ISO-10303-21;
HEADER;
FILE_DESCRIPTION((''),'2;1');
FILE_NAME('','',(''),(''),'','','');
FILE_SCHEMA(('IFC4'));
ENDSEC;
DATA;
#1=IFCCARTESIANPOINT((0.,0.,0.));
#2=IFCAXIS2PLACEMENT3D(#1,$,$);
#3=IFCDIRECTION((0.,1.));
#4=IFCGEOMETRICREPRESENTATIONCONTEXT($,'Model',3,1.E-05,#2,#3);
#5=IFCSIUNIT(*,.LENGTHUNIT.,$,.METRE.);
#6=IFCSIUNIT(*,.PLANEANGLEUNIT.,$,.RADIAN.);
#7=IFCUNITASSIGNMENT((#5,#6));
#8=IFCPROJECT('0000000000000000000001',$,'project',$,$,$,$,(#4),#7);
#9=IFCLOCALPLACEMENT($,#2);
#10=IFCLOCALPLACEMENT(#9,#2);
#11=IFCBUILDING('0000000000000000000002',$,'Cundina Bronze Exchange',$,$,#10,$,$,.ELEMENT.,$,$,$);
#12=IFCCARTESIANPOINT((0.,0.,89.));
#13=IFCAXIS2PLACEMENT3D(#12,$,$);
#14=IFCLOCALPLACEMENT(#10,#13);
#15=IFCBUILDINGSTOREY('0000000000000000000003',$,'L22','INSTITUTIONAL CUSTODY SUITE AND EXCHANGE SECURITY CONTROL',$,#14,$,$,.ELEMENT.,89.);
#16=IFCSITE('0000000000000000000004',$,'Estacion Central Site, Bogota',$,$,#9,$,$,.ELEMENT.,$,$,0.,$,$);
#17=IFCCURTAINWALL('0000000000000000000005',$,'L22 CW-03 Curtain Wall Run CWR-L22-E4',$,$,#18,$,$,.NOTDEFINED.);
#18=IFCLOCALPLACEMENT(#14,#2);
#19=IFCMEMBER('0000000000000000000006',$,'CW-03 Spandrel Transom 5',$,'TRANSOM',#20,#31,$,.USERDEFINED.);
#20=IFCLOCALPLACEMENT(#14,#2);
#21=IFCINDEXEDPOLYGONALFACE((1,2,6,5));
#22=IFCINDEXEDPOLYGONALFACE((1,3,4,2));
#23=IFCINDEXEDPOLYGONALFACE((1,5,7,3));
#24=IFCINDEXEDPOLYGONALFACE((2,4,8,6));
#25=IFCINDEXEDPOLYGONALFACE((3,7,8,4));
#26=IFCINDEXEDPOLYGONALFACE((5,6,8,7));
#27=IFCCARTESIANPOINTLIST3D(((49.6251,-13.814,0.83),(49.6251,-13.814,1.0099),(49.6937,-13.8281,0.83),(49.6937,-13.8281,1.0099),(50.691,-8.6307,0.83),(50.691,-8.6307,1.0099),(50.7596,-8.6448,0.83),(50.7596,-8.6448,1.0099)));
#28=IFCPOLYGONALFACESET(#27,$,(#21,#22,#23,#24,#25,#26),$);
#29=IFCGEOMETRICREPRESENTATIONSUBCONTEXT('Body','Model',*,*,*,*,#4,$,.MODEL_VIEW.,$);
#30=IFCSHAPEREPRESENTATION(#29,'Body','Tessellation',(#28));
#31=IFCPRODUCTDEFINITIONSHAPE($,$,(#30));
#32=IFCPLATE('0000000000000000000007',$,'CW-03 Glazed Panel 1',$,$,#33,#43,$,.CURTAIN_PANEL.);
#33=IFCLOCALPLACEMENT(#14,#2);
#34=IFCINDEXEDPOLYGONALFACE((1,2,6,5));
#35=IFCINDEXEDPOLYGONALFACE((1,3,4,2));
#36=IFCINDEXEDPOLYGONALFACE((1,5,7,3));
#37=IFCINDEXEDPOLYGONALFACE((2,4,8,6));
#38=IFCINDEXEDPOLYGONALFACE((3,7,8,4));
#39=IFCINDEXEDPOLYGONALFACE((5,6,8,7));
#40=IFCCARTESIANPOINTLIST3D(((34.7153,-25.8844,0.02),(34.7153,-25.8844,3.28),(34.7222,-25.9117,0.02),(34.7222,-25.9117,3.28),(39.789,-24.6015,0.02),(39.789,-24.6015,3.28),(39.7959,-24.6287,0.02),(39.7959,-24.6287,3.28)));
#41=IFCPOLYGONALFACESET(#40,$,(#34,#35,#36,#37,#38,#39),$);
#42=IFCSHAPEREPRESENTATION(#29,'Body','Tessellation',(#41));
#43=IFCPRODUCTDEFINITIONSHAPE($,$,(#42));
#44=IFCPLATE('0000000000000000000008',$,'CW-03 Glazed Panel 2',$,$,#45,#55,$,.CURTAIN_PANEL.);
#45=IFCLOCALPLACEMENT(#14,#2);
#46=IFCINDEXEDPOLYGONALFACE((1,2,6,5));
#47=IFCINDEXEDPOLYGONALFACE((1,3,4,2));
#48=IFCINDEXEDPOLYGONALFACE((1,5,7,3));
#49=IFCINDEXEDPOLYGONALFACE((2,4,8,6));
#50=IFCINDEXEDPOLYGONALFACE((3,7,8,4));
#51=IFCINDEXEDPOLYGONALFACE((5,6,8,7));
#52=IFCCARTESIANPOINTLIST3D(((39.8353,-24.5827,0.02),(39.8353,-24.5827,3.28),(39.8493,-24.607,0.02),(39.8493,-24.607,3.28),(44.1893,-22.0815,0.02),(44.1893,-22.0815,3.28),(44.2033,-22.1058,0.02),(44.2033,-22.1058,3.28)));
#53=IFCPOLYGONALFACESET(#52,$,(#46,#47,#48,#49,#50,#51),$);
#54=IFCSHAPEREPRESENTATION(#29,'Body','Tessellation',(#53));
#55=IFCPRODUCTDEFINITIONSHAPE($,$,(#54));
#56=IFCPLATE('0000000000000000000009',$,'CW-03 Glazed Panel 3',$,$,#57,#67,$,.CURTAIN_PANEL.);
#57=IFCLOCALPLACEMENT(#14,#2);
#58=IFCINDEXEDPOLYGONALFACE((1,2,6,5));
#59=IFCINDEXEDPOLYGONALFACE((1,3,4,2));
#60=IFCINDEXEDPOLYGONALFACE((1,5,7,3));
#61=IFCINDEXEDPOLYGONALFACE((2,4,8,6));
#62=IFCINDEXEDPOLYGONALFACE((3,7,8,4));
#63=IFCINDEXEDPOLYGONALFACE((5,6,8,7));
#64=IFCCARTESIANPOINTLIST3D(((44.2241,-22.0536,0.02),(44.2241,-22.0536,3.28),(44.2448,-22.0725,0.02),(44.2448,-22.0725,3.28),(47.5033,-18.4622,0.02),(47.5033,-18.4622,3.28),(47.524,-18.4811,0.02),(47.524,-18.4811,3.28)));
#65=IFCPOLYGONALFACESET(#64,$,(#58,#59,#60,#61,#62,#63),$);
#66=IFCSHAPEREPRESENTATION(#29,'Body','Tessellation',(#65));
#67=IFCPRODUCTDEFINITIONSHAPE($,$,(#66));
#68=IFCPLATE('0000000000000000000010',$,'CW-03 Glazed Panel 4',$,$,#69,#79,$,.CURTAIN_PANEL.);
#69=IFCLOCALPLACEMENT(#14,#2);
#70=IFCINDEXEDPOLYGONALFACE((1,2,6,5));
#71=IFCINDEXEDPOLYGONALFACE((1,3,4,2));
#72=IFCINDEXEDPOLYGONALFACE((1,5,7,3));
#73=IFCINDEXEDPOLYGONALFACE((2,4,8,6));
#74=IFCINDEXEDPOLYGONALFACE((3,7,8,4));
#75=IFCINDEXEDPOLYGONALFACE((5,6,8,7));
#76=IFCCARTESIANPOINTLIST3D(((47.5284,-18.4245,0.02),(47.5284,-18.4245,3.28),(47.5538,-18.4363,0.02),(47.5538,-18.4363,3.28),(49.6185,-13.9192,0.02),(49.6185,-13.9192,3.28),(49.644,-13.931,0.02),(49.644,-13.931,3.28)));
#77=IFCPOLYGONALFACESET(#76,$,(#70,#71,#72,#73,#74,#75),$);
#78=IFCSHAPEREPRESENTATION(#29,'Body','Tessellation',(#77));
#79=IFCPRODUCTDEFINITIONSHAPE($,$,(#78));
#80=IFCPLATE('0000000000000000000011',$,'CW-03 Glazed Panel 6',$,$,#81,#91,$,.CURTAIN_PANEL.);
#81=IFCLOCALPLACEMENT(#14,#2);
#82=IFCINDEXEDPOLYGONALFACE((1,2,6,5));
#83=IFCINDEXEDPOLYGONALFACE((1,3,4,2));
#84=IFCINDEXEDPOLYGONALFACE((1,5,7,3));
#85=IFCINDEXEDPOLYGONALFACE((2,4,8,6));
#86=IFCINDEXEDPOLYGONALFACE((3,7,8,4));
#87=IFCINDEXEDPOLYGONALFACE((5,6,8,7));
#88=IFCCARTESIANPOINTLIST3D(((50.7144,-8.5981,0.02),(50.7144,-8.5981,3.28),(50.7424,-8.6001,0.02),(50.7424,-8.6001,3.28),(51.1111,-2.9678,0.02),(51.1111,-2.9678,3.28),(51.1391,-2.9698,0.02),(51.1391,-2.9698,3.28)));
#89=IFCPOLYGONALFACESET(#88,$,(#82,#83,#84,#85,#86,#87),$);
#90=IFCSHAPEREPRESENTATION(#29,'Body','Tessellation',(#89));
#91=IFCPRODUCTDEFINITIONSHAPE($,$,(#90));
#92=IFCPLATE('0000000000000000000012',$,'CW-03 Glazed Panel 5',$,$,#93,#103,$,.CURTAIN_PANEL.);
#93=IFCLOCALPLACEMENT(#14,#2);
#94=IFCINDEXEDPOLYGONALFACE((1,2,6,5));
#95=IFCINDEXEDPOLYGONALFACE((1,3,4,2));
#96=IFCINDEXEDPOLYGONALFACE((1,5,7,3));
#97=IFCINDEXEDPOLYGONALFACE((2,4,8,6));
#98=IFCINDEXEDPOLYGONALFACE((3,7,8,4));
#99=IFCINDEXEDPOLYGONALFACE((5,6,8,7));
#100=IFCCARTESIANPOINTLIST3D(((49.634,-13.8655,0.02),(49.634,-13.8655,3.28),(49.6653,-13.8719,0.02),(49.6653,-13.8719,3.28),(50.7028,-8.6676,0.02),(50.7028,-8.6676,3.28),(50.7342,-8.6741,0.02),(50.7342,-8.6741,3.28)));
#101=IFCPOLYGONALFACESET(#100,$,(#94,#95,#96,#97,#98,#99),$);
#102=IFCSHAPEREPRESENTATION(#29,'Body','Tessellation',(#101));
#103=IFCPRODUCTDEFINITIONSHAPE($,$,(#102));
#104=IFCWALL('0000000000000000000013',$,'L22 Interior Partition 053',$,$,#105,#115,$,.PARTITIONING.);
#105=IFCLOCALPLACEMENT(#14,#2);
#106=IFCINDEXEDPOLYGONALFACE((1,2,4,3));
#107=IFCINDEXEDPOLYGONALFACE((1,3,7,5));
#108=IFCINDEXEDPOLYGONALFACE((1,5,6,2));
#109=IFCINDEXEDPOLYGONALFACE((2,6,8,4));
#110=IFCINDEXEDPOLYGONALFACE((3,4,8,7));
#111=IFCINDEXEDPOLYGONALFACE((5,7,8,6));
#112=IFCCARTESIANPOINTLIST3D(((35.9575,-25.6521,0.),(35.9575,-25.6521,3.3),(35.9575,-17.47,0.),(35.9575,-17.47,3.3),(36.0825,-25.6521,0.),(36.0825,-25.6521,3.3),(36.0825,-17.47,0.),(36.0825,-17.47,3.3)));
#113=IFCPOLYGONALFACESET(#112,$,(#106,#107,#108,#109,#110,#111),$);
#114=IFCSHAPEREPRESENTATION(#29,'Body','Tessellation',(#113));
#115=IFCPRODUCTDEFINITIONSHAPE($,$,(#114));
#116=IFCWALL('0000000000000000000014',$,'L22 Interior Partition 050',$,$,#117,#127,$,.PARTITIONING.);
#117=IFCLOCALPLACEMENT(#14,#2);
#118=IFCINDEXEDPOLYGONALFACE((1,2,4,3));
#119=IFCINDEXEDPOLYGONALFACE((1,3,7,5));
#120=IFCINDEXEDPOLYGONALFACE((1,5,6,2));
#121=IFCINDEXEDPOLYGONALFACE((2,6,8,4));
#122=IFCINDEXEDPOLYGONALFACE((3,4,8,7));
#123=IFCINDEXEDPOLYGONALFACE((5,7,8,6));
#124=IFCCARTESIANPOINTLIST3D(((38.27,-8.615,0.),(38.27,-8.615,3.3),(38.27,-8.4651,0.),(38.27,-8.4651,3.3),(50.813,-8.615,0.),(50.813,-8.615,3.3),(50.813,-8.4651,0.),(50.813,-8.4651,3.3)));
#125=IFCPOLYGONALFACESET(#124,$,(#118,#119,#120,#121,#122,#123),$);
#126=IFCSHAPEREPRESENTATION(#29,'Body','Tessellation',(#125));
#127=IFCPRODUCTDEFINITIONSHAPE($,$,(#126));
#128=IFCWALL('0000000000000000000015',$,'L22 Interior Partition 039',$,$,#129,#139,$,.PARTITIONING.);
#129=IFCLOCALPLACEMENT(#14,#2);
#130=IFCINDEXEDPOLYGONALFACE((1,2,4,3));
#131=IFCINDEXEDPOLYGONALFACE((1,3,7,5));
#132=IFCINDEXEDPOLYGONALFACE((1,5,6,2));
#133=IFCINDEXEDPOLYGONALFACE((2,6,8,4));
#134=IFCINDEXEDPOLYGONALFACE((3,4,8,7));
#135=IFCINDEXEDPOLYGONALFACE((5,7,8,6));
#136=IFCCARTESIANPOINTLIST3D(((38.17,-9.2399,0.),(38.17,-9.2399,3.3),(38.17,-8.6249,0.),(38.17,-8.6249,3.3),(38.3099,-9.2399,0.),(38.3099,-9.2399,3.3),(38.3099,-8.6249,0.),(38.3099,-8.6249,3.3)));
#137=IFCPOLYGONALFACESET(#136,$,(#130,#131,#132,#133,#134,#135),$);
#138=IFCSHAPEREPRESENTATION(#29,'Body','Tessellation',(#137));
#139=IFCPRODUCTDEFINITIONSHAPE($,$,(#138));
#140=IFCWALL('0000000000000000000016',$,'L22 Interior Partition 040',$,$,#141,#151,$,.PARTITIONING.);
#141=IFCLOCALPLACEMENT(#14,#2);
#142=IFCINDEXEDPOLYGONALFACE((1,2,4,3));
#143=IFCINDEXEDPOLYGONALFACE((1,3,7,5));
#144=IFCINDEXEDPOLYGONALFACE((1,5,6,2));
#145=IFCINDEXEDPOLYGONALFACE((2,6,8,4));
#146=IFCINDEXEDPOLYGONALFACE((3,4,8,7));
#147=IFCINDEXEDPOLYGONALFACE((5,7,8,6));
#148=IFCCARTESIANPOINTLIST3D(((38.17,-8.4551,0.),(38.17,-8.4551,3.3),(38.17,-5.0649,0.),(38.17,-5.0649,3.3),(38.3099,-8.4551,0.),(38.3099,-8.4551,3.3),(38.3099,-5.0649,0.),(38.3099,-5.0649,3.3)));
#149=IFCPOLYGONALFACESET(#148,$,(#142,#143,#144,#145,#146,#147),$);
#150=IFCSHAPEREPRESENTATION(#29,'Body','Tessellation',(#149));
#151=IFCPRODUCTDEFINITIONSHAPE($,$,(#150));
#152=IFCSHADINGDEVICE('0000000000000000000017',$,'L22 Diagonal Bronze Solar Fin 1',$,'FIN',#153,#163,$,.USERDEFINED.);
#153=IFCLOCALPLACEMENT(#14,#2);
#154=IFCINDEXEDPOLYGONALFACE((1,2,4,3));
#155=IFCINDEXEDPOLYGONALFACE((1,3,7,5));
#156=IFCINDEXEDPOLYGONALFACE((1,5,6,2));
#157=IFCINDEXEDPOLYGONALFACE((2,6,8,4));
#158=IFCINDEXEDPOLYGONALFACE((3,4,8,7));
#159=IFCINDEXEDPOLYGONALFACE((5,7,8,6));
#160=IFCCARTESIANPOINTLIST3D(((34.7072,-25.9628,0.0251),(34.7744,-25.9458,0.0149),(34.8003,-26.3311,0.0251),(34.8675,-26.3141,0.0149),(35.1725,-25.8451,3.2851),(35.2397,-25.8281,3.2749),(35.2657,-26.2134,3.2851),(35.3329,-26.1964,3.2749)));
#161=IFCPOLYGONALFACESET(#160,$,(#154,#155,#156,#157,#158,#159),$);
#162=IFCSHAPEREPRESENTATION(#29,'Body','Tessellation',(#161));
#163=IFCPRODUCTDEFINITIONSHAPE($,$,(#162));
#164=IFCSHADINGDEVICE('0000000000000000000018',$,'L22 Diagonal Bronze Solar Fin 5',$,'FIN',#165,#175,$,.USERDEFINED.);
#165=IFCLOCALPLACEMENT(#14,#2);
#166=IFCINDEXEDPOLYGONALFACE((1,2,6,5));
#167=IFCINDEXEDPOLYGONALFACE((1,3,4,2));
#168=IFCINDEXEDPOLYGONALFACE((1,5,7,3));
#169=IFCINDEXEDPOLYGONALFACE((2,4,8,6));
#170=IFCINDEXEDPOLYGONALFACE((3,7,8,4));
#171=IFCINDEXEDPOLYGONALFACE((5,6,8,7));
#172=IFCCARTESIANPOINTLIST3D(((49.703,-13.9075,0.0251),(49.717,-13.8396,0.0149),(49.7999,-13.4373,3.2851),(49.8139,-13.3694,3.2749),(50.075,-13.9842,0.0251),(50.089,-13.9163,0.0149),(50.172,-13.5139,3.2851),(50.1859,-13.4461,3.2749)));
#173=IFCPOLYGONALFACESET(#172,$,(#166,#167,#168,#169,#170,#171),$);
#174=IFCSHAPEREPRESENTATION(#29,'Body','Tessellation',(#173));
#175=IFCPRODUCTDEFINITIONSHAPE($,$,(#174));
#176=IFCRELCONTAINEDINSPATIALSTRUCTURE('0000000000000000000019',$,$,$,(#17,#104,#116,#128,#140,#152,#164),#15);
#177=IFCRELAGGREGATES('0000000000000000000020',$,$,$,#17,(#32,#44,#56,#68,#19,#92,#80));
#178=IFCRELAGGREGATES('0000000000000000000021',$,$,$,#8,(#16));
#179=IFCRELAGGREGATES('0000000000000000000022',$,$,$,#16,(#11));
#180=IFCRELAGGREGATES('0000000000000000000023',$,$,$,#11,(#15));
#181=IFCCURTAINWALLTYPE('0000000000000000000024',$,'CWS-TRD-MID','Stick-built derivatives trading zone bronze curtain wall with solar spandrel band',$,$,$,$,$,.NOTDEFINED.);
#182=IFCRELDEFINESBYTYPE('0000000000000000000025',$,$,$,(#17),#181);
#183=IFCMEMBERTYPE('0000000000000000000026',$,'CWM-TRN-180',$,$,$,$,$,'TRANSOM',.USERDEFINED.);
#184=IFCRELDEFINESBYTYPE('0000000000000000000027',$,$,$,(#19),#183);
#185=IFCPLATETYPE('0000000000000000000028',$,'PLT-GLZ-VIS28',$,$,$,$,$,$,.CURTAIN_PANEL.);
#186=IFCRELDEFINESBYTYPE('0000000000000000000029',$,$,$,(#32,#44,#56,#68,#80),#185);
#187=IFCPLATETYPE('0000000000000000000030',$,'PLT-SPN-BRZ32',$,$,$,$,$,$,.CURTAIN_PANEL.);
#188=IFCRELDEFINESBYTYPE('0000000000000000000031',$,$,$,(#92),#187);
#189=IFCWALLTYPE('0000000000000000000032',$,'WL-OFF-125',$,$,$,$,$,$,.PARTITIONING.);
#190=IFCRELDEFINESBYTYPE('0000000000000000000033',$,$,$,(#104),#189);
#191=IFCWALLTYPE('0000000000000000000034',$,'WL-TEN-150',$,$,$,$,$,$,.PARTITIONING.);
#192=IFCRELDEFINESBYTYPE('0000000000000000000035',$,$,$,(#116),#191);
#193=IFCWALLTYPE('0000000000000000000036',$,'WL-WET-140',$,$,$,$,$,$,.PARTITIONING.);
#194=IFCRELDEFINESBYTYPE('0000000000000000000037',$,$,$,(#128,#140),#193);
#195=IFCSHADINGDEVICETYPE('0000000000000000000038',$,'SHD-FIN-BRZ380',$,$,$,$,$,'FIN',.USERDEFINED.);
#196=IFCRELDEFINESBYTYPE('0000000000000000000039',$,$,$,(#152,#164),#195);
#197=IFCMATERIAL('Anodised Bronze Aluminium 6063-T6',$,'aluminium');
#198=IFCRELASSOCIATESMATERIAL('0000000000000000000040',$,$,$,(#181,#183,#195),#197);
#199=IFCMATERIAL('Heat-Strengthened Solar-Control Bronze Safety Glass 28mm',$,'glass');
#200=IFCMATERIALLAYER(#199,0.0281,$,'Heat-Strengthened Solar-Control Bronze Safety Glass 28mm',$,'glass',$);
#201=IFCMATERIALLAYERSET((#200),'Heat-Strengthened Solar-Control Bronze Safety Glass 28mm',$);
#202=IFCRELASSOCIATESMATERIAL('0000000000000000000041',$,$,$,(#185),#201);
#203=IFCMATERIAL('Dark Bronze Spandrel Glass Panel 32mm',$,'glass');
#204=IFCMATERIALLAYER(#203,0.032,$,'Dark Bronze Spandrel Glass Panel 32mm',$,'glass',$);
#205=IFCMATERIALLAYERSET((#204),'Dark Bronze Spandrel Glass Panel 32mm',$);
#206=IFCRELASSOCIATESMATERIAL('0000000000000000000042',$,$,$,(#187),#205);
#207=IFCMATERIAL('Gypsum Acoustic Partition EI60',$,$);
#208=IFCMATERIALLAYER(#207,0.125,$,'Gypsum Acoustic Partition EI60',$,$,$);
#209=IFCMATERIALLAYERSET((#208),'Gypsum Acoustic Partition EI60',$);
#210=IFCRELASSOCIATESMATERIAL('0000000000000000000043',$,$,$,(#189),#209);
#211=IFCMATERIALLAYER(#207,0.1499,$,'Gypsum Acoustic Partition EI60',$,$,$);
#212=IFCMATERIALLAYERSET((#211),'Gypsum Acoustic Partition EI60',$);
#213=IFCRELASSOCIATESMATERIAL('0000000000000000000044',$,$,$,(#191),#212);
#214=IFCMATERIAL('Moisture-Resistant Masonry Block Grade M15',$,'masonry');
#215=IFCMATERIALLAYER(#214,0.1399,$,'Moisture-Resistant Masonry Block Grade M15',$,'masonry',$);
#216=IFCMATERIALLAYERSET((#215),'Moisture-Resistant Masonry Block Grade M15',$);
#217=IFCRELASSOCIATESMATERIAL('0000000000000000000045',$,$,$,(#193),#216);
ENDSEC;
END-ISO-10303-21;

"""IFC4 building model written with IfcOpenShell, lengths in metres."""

from ifc_helpers import new_model, si_unit, direction, frame, frame_2d, origin, origin_2d, place, context, subcontext, project, spatial, rectangle, extrude, material, layer, layer_set, material_profile, profile_set, type_object, element, aggregate, save


model = new_model("IFC4")

# Units and contexts
model_context = context("Model", 3, precision=1e-05, world=origin(), true_north=direction((0.0, 1.0)))
body_context = subcontext(model_context, "Body", "Model", "MODEL_VIEW")
ifc_project = project(units=[si_unit("LENGTHUNIT", "METRE"), si_unit("PLANEANGLEUNIT", "RADIAN")], contexts=[model_context])

# Site, building, storey
site_placement = place(None, origin())
site = spatial("IfcSite", under=ifc_project, at=site_placement, Name="Estacion Central Site, Bogota", CompositionType="ELEMENT", RefElevation=0.0)
building_placement = place(site_placement, origin())
building = spatial("IfcBuilding", under=site, at=building_placement, Name="Cundina Bronze Exchange", CompositionType="ELEMENT")
storey_placement = place(building_placement, frame((0.0, 0.0, 89.0)))
storey = spatial("IfcBuildingStorey", under=building, at=storey_placement, Name="L22", Description="INSTITUTIONAL CUSTODY SUITE AND EXCHANGE SECURITY CONTROL", CompositionType="ELEMENT", Elevation=89.0)

# Curtain wall, member, plates
ifc_material_1 = material(Name="Anodised Bronze Aluminium 6063-T6", Category="aluminium")
curtain_wall_type = type_object("IfcCurtainWallType", Name="CWS-TRD-MID", Description="Stick-built derivatives trading zone bronze curtain wall with solar spandrel band", PredefinedType="NOTDEFINED", material=ifc_material_1)
curtain_wall_placement = place(storey_placement, origin())
curtain_wall = element("IfcCurtainWall", 1, at=curtain_wall_placement, inside=storey, type_object=curtain_wall_type, Name="L22 CW-03 Curtain Wall Run CWR-L22-E4", PredefinedType="NOTDEFINED")
ifc_material_profile_1 = material_profile(ifc_material_1, rectangle(XDim=0.0701, YDim=0.1799, at=origin_2d()), Name="AL70X180", Category="aluminium")
ifc_profile_set_1 = profile_set([ifc_material_profile_1], Name="Anodised Bronze Aluminium 6063-T6")
member_type_1 = type_object("IfcMemberType", Name="CWM-TRN-180", ElementType="TRANSOM", PredefinedType="USERDEFINED", material=ifc_profile_set_1)
member_1_placement = place(storey_placement, frame((49.6594, -13.821, 0.9199), z_axis=(0.201428, 0.979503, 0.0), x_axis=(-0.979503, 0.201428, 0.0)))
member_1 = element("IfcMember", 2, at=member_1_placement, type_object=member_type_1, Name="CW-03 Spandrel Transom 5", ObjectType="TRANSOM", PredefinedType="USERDEFINED", context=body_context, shape_type="SweptSolid", body=[
    extrude(rectangle(XDim=0.0701, YDim=0.1799, at=origin_2d()), origin(), (0.0, 0.0, 1.0), 5.2917),
])
ifc_material_2 = material(Name="Heat-Strengthened Solar-Control Bronze Safety Glass 28mm", Category="glass")
ifc_layer_1 = layer(ifc_material_2, 0.0281, Name="Heat-Strengthened Solar-Control Bronze Safety Glass 28mm", Category="glass")
ifc_layer_set_1 = layer_set([ifc_layer_1], Name="Heat-Strengthened Solar-Control Bronze Safety Glass 28mm")
plate_type_1 = type_object("IfcPlateType", Name="PLT-GLZ-VIS28", PredefinedType="CURTAIN_PANEL", material=ifc_layer_set_1)
plate_1_placement = place(storey_placement, frame((37.2556, -25.2566, 0.02), z_axis=(0.0, 0.0, 1.0), x_axis=(0.969488, 0.245138, 0.0)))
plate_1 = element("IfcPlate", 3, at=plate_1_placement, type_object=plate_type_1, Name="CW-03 Glazed Panel 1", PredefinedType="CURTAIN_PANEL", context=body_context, shape_type="SweptSolid", body=[
    extrude(rectangle(XDim=5.2334, YDim=0.0281, at=origin_2d()), origin(), (0.0, 0.0, 1.0), 3.26),
])
plate_2_placement = place(storey_placement, frame((42.0193, -23.3442, 0.02), z_axis=(0.0, 0.0, 1.0), x_axis=(0.867105, 0.498125, 0.0)))
plate_2 = element("IfcPlate", 4, at=plate_2_placement, type_object=plate_type_1, Name="CW-03 Glazed Panel 2", PredefinedType="CURTAIN_PANEL", context=body_context, shape_type="SweptSolid", body=[
    extrude(rectangle(XDim=5.0212, YDim=0.0281, at=origin_2d()), origin(), (0.0, 0.0, 1.0), 3.26),
])
plate_3_placement = place(storey_placement, frame((45.874, -20.2673, 0.02), z_axis=(0.0, 0.0, 1.0), x_axis=(0.674277, 0.738479, 0.0)))
plate_3 = element("IfcPlate", 5, at=plate_3_placement, type_object=plate_type_1, Name="CW-03 Glazed Panel 3", PredefinedType="CURTAIN_PANEL", context=body_context, shape_type="SweptSolid", body=[
    extrude(rectangle(XDim=4.8633, YDim=0.0281, at=origin_2d()), origin(), (0.0, 0.0, 1.0), 3.26),
])
plate_4_placement = place(storey_placement, frame((48.5862, -16.1777, 0.02), z_axis=(0.0, 0.0, 1.0), x_axis=(0.420846, 0.907132, 0.0)))
plate_4 = element("IfcPlate", 6, at=plate_4_placement, type_object=plate_type_1, Name="CW-03 Glazed Panel 4", PredefinedType="CURTAIN_PANEL", context=body_context, shape_type="SweptSolid", body=[
    extrude(rectangle(XDim=4.9666, YDim=0.0281, at=origin_2d()), origin(), (0.0, 0.0, 1.0), 3.26),
])
plate_5_placement = place(storey_placement, frame((50.9268, -5.7839, 0.02), z_axis=(0.0, 0.0, 1.0), x_axis=(0.070279, 0.997527, 0.0)))
plate_5 = element("IfcPlate", 7, at=plate_5_placement, type_object=plate_type_1, Name="CW-03 Glazed Panel 6", PredefinedType="CURTAIN_PANEL", context=body_context, shape_type="SweptSolid", body=[
    extrude(rectangle(XDim=5.6443, YDim=0.0281, at=origin_2d()), origin(), (0.0, 0.0, 1.0), 3.26),
])
ifc_material_3 = material(Name="Dark Bronze Spandrel Glass Panel 32mm", Category="glass")
ifc_layer_2 = layer(ifc_material_3, 0.032, Name="Dark Bronze Spandrel Glass Panel 32mm", Category="glass")
ifc_layer_set_2 = layer_set([ifc_layer_2], Name="Dark Bronze Spandrel Glass Panel 32mm")
plate_type_2 = type_object("IfcPlateType", Name="PLT-SPN-BRZ32", PredefinedType="CURTAIN_PANEL", material=ifc_layer_set_2)
plate_6_placement = place(storey_placement, frame((50.1841, -11.2698, 0.02), z_axis=(0.0, 0.0, 1.0), x_axis=(0.20142, 0.979505, 0.0)))
plate_6 = element("IfcPlate", 8, at=plate_6_placement, type_object=plate_type_2, Name="CW-03 Glazed Panel 5", PredefinedType="CURTAIN_PANEL", context=body_context, shape_type="SweptSolid", body=[
    extrude(rectangle(XDim=5.3066, YDim=0.032, at=origin_2d()), origin(), (0.0, 0.0, 1.0), 3.26),
])
aggregate(curtain_wall, [plate_1, plate_2, plate_3, plate_4, member_1, plate_6, plate_5])

# Walls
ifc_material_4 = material(Name="Gypsum Acoustic Partition EI60")
ifc_layer_3 = layer(ifc_material_4, 0.125, Name="Gypsum Acoustic Partition EI60")
ifc_layer_set_3 = layer_set([ifc_layer_3], Name="Gypsum Acoustic Partition EI60")
wall_type_1 = type_object("IfcWallType", Name="WL-OFF-125", PredefinedType="PARTITIONING", material=ifc_layer_set_3)
wall_1_placement = place(storey_placement, frame((36.02, -25.6521, 0.0), z_axis=(0.0, 0.0, 1.0), x_axis=(0.0, 1.0, 0.0)))
element("IfcWall", 9, at=wall_1_placement, inside=storey, type_object=wall_type_1, Name="L22 Interior Partition 053", PredefinedType="PARTITIONING", context=body_context, shape_type="SweptSolid", body=[
    extrude(rectangle(XDim=8.1821, YDim=0.125, at=frame_2d((4.0911, 0.0))), origin(), (0.0, 0.0, 1.0), 3.3),
])
ifc_layer_4 = layer(ifc_material_4, 0.1499, Name="Gypsum Acoustic Partition EI60")
ifc_layer_set_4 = layer_set([ifc_layer_4], Name="Gypsum Acoustic Partition EI60")
wall_type_2 = type_object("IfcWallType", Name="WL-TEN-150", PredefinedType="PARTITIONING", material=ifc_layer_set_4)
wall_2_placement = place(storey_placement, frame((38.27, -8.54, 0.0), z_axis=(0.0, 0.0, 1.0), x_axis=(1.0, 0.0, 0.0)))
element("IfcWall", 10, at=wall_2_placement, inside=storey, type_object=wall_type_2, Name="L22 Interior Partition 050", PredefinedType="PARTITIONING", context=body_context, shape_type="SweptSolid", body=[
    extrude(rectangle(XDim=12.543, YDim=0.1499, at=frame_2d((6.2715, 0.0))), origin(), (0.0, 0.0, 1.0), 3.3),
])
ifc_material_5 = material(Name="Moisture-Resistant Masonry Block Grade M15", Category="masonry")
ifc_layer_5 = layer(ifc_material_5, 0.1399, Name="Moisture-Resistant Masonry Block Grade M15", Category="masonry")
ifc_layer_set_5 = layer_set([ifc_layer_5], Name="Moisture-Resistant Masonry Block Grade M15")
wall_type_3 = type_object("IfcWallType", Name="WL-WET-140", PredefinedType="PARTITIONING", material=ifc_layer_set_5)
wall_3_placement = place(storey_placement, frame((38.24, -9.24, 0.0), z_axis=(0.0, 0.0, 1.0), x_axis=(0.0, 1.0, 0.0)))
element("IfcWall", 11, at=wall_3_placement, inside=storey, type_object=wall_type_3, Name="L22 Interior Partition 039", PredefinedType="PARTITIONING", context=body_context, shape_type="SweptSolid", body=[
    extrude(rectangle(XDim=0.615, YDim=0.1399, at=frame_2d((0.3076, 0.0))), origin(), (0.0, 0.0, 1.0), 3.3),
])
wall_4_placement = place(storey_placement, frame((38.24, -8.4551, 0.0), z_axis=(0.0, 0.0, 1.0), x_axis=(0.0, 1.0, 0.0)))
element("IfcWall", 12, at=wall_4_placement, inside=storey, type_object=wall_type_3, Name="L22 Interior Partition 040", PredefinedType="PARTITIONING", context=body_context, shape_type="SweptSolid", body=[
    extrude(rectangle(XDim=3.3901, YDim=0.1399, at=frame_2d((1.6951, 0.0))), origin(), (0.0, 0.0, 1.0), 3.3),
])

# Shading devices
ifc_material_profile_2 = material_profile(ifc_material_1, rectangle(XDim=0.0701, YDim=0.3799, at=origin_2d()), Name="FIN70X380", Category="aluminium")
ifc_profile_set_2 = profile_set([ifc_material_profile_2], Name="Anodised Bronze Aluminium 6063-T6")
shading_device_type = type_object("IfcShadingDeviceType", Name="SHD-FIN-BRZ380", ElementType="FIN", PredefinedType="USERDEFINED", material=ifc_profile_set_2)
for number, where, z_axis, x_axis, name in (
    (13, (34.7874, -26.1384, 0.02), (0.141217, 0.035712, 0.989334), (-0.959141, -0.242553, 0.145663), "L22 Diagonal Bronze Solar Fin 1"),
    (14, (49.896, -13.9119, 0.02), (0.029414, 0.142698, 0.989329), (-0.199728, -0.968959, 0.145698), "L22 Diagonal Bronze Solar Fin 5"),
):
    element("IfcShadingDevice", number, at=place(storey_placement, frame(where, z_axis=z_axis, x_axis=x_axis)), inside=storey, type_object=shading_device_type, Name=name, ObjectType="FIN", PredefinedType="USERDEFINED", context=body_context, shape_type="SweptSolid", body=[
        extrude(rectangle(XDim=0.0701, YDim=0.3799, at=origin_2d()), origin(), (0.0, 0.0, 1.0), 3.2952),
    ])

save(model, "model.ifc")
